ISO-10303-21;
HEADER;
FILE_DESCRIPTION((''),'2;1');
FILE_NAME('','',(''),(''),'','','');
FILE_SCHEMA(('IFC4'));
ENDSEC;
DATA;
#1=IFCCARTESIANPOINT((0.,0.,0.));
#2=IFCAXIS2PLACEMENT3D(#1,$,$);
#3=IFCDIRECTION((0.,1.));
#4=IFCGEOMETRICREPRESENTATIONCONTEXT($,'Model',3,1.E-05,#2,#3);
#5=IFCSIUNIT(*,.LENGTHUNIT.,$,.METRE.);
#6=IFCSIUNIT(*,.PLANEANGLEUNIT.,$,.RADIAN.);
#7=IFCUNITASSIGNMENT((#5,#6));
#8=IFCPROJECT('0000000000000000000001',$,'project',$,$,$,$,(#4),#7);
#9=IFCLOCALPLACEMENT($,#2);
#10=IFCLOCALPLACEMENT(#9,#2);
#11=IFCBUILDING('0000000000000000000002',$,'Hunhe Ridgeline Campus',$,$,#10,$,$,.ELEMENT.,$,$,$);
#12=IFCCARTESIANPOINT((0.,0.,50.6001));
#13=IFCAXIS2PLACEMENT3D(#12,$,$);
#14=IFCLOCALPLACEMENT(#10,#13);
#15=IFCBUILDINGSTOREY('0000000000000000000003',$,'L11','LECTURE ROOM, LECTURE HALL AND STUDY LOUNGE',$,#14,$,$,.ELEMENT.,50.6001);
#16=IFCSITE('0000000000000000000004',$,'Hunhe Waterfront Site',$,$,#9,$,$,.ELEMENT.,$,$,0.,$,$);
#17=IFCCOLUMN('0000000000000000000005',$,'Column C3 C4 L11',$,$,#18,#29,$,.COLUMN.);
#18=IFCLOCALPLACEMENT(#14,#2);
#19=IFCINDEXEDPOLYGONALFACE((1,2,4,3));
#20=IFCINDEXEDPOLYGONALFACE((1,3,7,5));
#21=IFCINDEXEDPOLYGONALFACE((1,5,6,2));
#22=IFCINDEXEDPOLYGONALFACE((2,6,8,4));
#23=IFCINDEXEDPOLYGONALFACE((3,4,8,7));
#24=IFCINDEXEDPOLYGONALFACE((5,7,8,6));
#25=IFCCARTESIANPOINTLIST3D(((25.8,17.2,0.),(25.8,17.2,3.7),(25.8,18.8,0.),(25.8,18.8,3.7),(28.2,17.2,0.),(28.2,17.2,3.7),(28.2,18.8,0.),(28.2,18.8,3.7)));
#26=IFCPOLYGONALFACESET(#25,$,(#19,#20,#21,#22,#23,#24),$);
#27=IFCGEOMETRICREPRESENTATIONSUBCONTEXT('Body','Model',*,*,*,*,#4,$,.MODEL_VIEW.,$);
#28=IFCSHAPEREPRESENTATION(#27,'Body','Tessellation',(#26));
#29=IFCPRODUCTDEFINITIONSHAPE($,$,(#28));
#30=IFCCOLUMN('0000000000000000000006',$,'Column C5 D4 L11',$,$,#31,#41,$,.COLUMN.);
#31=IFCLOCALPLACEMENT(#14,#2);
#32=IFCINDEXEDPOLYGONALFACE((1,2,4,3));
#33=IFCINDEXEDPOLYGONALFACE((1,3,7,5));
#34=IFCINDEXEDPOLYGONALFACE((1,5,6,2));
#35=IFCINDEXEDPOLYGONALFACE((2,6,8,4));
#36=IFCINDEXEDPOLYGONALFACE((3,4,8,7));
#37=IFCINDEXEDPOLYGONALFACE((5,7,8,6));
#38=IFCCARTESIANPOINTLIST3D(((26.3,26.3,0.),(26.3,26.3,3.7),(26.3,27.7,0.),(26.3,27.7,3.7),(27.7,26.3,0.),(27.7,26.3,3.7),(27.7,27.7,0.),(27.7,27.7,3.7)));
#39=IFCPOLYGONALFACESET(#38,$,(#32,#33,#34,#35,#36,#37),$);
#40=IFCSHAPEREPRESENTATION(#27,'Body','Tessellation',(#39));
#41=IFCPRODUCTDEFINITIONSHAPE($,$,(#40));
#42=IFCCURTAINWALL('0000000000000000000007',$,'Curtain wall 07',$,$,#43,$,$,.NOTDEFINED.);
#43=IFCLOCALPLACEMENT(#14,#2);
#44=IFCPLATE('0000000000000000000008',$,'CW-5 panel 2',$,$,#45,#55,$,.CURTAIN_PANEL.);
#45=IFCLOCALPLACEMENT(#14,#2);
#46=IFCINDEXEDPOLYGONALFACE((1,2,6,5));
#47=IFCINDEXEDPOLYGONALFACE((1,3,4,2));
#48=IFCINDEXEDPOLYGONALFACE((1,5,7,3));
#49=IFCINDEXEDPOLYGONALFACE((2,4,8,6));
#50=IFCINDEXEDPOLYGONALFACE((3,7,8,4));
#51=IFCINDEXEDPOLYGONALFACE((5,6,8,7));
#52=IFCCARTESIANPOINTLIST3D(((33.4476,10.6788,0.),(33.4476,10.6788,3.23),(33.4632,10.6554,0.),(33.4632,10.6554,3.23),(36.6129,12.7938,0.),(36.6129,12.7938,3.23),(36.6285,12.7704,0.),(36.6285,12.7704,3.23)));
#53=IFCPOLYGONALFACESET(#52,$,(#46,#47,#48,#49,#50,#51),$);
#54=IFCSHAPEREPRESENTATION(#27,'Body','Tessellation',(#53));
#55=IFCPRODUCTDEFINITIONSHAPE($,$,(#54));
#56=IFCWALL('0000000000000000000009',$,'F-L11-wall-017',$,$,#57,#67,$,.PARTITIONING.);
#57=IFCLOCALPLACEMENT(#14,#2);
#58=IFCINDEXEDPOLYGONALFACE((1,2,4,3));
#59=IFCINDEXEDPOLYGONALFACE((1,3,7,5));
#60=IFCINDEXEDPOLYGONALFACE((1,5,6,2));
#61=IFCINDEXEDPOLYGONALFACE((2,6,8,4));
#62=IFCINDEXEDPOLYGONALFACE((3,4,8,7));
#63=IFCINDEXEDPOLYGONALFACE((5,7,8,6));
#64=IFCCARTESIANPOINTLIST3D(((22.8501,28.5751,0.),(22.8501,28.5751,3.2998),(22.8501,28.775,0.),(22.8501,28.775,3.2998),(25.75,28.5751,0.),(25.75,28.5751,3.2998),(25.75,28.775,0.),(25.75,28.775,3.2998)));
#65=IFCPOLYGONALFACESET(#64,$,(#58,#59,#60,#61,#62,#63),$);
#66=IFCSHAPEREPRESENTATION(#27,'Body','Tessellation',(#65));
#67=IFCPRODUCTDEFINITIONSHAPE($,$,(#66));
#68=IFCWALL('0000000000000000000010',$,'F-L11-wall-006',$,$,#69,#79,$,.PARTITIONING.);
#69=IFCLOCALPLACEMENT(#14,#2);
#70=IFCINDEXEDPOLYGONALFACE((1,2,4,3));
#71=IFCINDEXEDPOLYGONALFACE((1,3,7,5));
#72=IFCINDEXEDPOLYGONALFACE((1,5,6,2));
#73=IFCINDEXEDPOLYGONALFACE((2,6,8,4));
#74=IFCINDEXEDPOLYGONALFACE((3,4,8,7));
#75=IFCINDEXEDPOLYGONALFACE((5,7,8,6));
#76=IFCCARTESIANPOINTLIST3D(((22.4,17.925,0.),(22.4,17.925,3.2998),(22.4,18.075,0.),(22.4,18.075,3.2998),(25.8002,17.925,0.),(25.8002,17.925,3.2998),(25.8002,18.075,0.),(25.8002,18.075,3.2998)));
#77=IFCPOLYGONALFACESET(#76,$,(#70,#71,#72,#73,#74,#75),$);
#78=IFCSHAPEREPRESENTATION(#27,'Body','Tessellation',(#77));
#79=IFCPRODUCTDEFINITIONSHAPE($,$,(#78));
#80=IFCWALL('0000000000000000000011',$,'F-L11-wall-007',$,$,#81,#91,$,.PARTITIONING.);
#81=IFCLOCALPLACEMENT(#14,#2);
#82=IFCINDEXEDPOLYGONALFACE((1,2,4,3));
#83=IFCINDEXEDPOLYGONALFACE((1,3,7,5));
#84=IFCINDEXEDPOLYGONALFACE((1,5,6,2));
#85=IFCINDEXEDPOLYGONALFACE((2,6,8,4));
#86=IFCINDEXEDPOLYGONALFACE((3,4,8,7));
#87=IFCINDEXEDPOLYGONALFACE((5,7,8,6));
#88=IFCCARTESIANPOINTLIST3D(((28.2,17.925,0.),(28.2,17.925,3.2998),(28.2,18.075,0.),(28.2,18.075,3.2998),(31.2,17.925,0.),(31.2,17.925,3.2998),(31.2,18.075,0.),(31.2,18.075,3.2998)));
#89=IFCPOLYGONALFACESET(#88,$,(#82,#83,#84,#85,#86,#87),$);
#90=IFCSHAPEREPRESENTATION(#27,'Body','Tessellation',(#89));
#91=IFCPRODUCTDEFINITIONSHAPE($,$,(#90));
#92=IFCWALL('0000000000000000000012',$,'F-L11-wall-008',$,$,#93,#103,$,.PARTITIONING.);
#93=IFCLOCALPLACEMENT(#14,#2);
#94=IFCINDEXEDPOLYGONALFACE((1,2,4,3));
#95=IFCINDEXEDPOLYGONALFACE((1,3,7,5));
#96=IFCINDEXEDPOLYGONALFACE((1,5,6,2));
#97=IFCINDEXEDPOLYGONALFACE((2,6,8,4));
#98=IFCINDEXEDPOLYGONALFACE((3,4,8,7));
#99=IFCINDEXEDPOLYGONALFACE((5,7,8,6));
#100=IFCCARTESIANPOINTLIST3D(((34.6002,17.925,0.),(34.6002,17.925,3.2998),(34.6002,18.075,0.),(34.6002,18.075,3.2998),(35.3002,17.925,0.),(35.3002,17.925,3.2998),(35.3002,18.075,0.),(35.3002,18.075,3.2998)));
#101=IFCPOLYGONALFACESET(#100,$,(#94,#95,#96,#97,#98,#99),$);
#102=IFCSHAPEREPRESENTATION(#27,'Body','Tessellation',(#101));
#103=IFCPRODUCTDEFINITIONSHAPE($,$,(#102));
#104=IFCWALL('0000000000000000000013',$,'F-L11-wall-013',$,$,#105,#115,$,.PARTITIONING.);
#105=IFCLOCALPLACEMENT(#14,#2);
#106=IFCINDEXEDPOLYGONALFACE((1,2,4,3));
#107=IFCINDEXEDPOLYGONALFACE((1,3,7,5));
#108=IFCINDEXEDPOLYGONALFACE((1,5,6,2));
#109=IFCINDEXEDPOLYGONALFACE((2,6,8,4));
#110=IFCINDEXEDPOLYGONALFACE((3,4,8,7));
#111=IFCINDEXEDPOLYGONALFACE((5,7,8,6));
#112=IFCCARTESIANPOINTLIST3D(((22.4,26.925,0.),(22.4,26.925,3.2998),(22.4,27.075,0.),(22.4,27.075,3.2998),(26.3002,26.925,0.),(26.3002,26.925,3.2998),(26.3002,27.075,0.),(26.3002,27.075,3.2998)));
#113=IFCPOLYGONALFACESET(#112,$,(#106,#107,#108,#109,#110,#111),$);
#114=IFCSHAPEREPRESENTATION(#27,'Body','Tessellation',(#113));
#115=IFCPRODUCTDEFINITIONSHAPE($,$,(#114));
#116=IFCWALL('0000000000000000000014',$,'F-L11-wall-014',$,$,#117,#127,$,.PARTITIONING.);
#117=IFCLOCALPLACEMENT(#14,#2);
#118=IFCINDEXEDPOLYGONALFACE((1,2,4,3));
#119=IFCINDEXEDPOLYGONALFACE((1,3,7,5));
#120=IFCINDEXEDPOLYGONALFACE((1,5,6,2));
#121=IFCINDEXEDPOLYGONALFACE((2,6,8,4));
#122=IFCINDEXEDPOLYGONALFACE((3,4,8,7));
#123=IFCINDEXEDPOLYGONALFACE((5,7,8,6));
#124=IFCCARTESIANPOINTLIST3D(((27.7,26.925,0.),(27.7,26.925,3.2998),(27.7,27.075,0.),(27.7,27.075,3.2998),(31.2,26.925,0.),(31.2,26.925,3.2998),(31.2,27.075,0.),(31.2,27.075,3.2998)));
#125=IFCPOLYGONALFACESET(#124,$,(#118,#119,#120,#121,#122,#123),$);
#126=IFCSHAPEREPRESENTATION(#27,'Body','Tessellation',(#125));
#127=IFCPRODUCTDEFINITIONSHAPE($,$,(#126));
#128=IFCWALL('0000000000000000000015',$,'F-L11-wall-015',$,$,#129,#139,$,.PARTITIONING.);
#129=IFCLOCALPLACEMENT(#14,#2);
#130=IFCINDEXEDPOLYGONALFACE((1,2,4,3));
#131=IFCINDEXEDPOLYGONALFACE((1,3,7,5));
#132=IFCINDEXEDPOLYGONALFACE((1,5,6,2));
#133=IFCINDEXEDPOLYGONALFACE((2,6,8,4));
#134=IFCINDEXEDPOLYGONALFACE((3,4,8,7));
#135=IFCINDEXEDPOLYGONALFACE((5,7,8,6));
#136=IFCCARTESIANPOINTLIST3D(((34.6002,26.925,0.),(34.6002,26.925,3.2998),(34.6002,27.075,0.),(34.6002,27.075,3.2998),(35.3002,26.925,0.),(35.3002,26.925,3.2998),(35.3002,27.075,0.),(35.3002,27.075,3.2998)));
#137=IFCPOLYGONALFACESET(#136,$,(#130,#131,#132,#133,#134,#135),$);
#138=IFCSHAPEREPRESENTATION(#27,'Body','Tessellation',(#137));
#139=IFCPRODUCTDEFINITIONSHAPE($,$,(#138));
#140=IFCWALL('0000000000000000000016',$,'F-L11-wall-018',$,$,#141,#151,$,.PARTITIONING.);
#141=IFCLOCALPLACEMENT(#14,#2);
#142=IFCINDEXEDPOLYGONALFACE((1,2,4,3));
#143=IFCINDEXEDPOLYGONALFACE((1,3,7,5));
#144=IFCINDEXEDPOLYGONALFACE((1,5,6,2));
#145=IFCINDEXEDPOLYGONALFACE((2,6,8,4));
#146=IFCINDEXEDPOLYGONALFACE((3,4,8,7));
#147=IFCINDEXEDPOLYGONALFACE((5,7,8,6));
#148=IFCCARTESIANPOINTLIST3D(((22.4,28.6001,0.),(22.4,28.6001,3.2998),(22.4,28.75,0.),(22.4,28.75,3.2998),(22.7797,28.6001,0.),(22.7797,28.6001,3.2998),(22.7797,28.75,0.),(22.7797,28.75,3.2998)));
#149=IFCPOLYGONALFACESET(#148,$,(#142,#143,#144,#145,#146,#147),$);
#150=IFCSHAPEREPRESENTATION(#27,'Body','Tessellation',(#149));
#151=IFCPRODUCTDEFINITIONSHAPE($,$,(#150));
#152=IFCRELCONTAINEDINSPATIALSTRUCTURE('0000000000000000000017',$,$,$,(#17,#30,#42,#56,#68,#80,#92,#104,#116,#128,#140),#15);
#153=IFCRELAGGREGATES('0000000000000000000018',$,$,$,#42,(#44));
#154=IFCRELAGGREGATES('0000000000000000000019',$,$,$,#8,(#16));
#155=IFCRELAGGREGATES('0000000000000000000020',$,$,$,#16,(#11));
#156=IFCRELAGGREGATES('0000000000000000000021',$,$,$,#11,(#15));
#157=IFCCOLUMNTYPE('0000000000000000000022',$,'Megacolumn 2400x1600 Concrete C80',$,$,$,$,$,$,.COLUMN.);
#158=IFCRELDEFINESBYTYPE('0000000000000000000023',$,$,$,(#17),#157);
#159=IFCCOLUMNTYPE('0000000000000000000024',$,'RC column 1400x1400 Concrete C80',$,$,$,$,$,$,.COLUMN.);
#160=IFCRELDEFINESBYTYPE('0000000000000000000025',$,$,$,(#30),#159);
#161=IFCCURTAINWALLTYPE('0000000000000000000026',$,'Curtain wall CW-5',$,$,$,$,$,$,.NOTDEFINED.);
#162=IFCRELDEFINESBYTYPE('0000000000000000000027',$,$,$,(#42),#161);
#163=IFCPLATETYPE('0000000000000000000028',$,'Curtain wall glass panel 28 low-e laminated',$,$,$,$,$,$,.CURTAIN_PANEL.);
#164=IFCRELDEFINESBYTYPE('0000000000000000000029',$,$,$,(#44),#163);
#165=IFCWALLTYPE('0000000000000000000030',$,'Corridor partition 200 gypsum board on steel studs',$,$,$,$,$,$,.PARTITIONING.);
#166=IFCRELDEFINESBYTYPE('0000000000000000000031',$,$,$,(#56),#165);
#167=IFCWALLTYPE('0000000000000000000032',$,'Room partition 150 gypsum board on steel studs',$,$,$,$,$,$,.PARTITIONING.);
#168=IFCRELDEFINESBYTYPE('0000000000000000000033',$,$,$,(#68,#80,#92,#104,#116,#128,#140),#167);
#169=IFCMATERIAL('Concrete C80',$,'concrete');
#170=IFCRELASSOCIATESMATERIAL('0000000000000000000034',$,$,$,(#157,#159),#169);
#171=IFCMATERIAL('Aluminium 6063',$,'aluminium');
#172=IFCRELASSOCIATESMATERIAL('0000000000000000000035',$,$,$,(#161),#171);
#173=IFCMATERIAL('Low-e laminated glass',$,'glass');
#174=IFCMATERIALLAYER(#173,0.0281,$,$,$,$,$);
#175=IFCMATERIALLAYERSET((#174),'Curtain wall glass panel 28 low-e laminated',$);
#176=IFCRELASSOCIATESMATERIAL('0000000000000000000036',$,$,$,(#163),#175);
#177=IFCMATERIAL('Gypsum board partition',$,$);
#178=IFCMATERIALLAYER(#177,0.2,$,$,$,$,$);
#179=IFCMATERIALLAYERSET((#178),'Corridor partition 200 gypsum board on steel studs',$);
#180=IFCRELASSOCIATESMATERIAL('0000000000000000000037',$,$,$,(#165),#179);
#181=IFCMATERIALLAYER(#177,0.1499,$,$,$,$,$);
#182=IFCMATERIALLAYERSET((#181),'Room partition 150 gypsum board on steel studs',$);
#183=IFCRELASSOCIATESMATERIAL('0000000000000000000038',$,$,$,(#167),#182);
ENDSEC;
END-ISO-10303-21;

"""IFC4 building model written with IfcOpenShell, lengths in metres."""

from ifc_helpers import new_model, si_unit, direction, frame, frame_2d, origin, origin_2d, place, context, subcontext, project, spatial, rectangle, extrude, material, layer, layer_set, material_profile, profile_set, type_object, element, aggregate, save


model = new_model("IFC4")

# Units and contexts
model_context = context("Model", 3, precision=1e-05, world=origin(), true_north=direction((0.0, 1.0)))
body_context = subcontext(model_context, "Body", "Model", "MODEL_VIEW")
ifc_project = project(units=[si_unit("LENGTHUNIT", "METRE"), si_unit("PLANEANGLEUNIT", "RADIAN")], contexts=[model_context])

# Site, building, storey
site_placement = place(None, origin())
site = spatial("IfcSite", under=ifc_project, at=site_placement, Name="Hunhe Waterfront Site", CompositionType="ELEMENT", RefElevation=0.0)
building_placement = place(site_placement, origin())
building = spatial("IfcBuilding", under=site, at=building_placement, Name="Hunhe Ridgeline Campus", CompositionType="ELEMENT")
storey_placement = place(building_placement, frame((0.0, 0.0, 50.6001)))
storey = spatial("IfcBuildingStorey", under=building, at=storey_placement, Name="L11", Description="LECTURE ROOM, LECTURE HALL AND STUDY LOUNGE", CompositionType="ELEMENT", Elevation=50.6001)

# Columns
ifc_material_1 = material(Name="Concrete C80", Category="concrete")
ifc_material_profile_1 = material_profile(ifc_material_1, rectangle(XDim=2.3999, YDim=1.6001, at=origin_2d()))
ifc_profile_set_1 = profile_set([ifc_material_profile_1], Name="Concrete C80")
column_type_1 = type_object("IfcColumnType", Name="Megacolumn 2400x1600 Concrete C80", PredefinedType="COLUMN", material=ifc_profile_set_1)
column_1_placement = place(storey_placement, frame((27.0, 18.0, 0.0), z_axis=(0.0, 0.0, 1.0), x_axis=(1.0, 0.0, 0.0)))
element("IfcColumn", 1, at=column_1_placement, inside=storey, type_object=column_type_1, Name="Column C3 C4 L11", PredefinedType="COLUMN", context=body_context, shape_type="SweptSolid", body=[
    extrude(rectangle(XDim=2.3999, YDim=1.6001, at=origin_2d()), origin(), (0.0, 0.0, 1.0), 3.7),
])
ifc_material_profile_2 = material_profile(ifc_material_1, rectangle(XDim=1.3999, YDim=1.3999, at=origin_2d()))
ifc_profile_set_2 = profile_set([ifc_material_profile_2], Name="Concrete C80")
column_type_2 = type_object("IfcColumnType", Name="RC column 1400x1400 Concrete C80", PredefinedType="COLUMN", material=ifc_profile_set_2)
column_2_placement = place(storey_placement, frame((27.0, 27.0, 0.0), z_axis=(0.0, 0.0, 1.0), x_axis=(1.0, 0.0, 0.0)))
element("IfcColumn", 2, at=column_2_placement, inside=storey, type_object=column_type_2, Name="Column C5 D4 L11", PredefinedType="COLUMN", context=body_context, shape_type="SweptSolid", body=[
    extrude(rectangle(XDim=1.3999, YDim=1.3999, at=origin_2d()), origin(), (0.0, 0.0, 1.0), 3.7),
])

# Curtain wall, plate
ifc_material_2 = material(Name="Aluminium 6063", Category="aluminium")
curtain_wall_type = type_object("IfcCurtainWallType", Name="Curtain wall CW-5", PredefinedType="NOTDEFINED", material=ifc_material_2)
curtain_wall_placement = place(storey_placement, origin())
curtain_wall = element("IfcCurtainWall", 3, at=curtain_wall_placement, inside=storey, type_object=curtain_wall_type, Name="Curtain wall 07", PredefinedType="NOTDEFINED")
ifc_material_3 = material(Name="Low-e laminated glass", Category="glass")
ifc_layer_1 = layer(ifc_material_3, 0.0281)
ifc_layer_set_1 = layer_set([ifc_layer_1], Name="Curtain wall glass panel 28 low-e laminated")
plate_type = type_object("IfcPlateType", Name="Curtain wall glass panel 28 low-e laminated", PredefinedType="CURTAIN_PANEL", material=ifc_layer_set_1)
plate_placement = place(storey_placement, frame((35.0381, 11.7246, 0.0), z_axis=(0.0, 0.0, 1.0), x_axis=(0.83147, 0.55557, 0.0)))
plate = element("IfcPlate", 4, at=plate_placement, type_object=plate_type, Name="CW-5 panel 2", PredefinedType="CURTAIN_PANEL", context=body_context, shape_type="SweptSolid", body=[
    extrude(rectangle(XDim=3.8069, YDim=0.0281, at=origin_2d()), origin(), (0.0, 0.0, 1.0), 3.23),
])
aggregate(curtain_wall, [plate])

# Wall
ifc_material_4 = material(Name="Gypsum board partition")
ifc_layer_2 = layer(ifc_material_4, 0.2)
ifc_layer_set_2 = layer_set([ifc_layer_2], Name="Corridor partition 200 gypsum board on steel studs")
wall_type_1 = type_object("IfcWallType", Name="Corridor partition 200 gypsum board on steel studs", PredefinedType="PARTITIONING", material=ifc_layer_set_2)
wall_1_placement = place(storey_placement, frame((25.75, 28.675, 0.0), z_axis=(0.0, 0.0, 1.0), x_axis=(-1.0, 0.0, 0.0)))
element("IfcWall", 5, at=wall_1_placement, inside=storey, type_object=wall_type_1, Name="F-L11-wall-017", PredefinedType="PARTITIONING", context=body_context, shape_type="SweptSolid", body=[
    extrude(rectangle(XDim=2.8999, YDim=0.2, at=frame_2d((1.45, 0.0))), origin(), (0.0, 0.0, 1.0), 3.2998),
])

# Walls
ifc_layer_3 = layer(ifc_material_4, 0.1499)
ifc_layer_set_3 = layer_set([ifc_layer_3], Name="Room partition 150 gypsum board on steel studs")
wall_type_2 = type_object("IfcWallType", Name="Room partition 150 gypsum board on steel studs", PredefinedType="PARTITIONING", material=ifc_layer_set_3)
wall_2_placement = place(storey_placement, frame((22.3999, 18.0, 0.0), z_axis=(0.0, 0.0, 1.0), x_axis=(1.0, 0.0, 0.0)))
element("IfcWall", 6, at=wall_2_placement, inside=storey, type_object=wall_type_2, Name="F-L11-wall-006", PredefinedType="PARTITIONING", context=body_context, shape_type="SweptSolid", body=[
    extrude(rectangle(XDim=3.4001, YDim=0.1499, at=frame_2d((1.7002, 0.0))), origin(), (0.0, 0.0, 1.0), 3.2998),
])
wall_3_placement = place(storey_placement, frame((28.2, 18.0, 0.0), z_axis=(0.0, 0.0, 1.0), x_axis=(1.0, 0.0, 0.0)))
element("IfcWall", 7, at=wall_3_placement, inside=storey, type_object=wall_type_2, Name="F-L11-wall-007", PredefinedType="PARTITIONING", context=body_context, shape_type="SweptSolid", body=[
    extrude(rectangle(XDim=3.0, YDim=0.1499, at=frame_2d((1.5, 0.0))), origin(), (0.0, 0.0, 1.0), 3.2998),
])
wall_4_placement = place(storey_placement, frame((34.6001, 18.0, 0.0), z_axis=(0.0, 0.0, 1.0), x_axis=(1.0, 0.0, 0.0)))
element("IfcWall", 8, at=wall_4_placement, inside=storey, type_object=wall_type_2, Name="F-L11-wall-008", PredefinedType="PARTITIONING", context=body_context, shape_type="SweptSolid", body=[
    extrude(rectangle(XDim=0.7, YDim=0.1499, at=frame_2d((0.3501, 0.0))), origin(), (0.0, 0.0, 1.0), 3.2998),
])
wall_5_placement = place(storey_placement, frame((22.3999, 27.0, 0.0), z_axis=(0.0, 0.0, 1.0), x_axis=(1.0, 0.0, 0.0)))
element("IfcWall", 9, at=wall_5_placement, inside=storey, type_object=wall_type_2, Name="F-L11-wall-013", PredefinedType="PARTITIONING", context=body_context, shape_type="SweptSolid", body=[
    extrude(rectangle(XDim=3.9001, YDim=0.1499, at=frame_2d((1.9502, 0.0))), origin(), (0.0, 0.0, 1.0), 3.2998),
])
wall_6_placement = place(storey_placement, frame((27.7, 27.0, 0.0), z_axis=(0.0, 0.0, 1.0), x_axis=(1.0, 0.0, 0.0)))
element("IfcWall", 10, at=wall_6_placement, inside=storey, type_object=wall_type_2, Name="F-L11-wall-014", PredefinedType="PARTITIONING", context=body_context, shape_type="SweptSolid", body=[
    extrude(rectangle(XDim=3.5, YDim=0.1499, at=frame_2d((1.75, 0.0))), origin(), (0.0, 0.0, 1.0), 3.2998),
])
wall_7_placement = place(storey_placement, frame((34.6001, 27.0, 0.0), z_axis=(0.0, 0.0, 1.0), x_axis=(1.0, 0.0, 0.0)))
element("IfcWall", 11, at=wall_7_placement, inside=storey, type_object=wall_type_2, Name="F-L11-wall-015", PredefinedType="PARTITIONING", context=body_context, shape_type="SweptSolid", body=[
    extrude(rectangle(XDim=0.7, YDim=0.1499, at=frame_2d((0.3501, 0.0))), origin(), (0.0, 0.0, 1.0), 3.2998),
])
wall_8_placement = place(storey_placement, frame((22.3999, 28.675, 0.0), z_axis=(0.0, 0.0, 1.0), x_axis=(1.0, 0.0, 0.0)))
element("IfcWall", 12, at=wall_8_placement, inside=storey, type_object=wall_type_2, Name="F-L11-wall-018", PredefinedType="PARTITIONING", context=body_context, shape_type="SweptSolid", body=[
    extrude(rectangle(XDim=0.3796, YDim=0.1499, at=frame_2d((0.1899, 0.0))), origin(), (0.0, 0.0, 1.0), 3.2998),
])

save(model, "model.ifc")
